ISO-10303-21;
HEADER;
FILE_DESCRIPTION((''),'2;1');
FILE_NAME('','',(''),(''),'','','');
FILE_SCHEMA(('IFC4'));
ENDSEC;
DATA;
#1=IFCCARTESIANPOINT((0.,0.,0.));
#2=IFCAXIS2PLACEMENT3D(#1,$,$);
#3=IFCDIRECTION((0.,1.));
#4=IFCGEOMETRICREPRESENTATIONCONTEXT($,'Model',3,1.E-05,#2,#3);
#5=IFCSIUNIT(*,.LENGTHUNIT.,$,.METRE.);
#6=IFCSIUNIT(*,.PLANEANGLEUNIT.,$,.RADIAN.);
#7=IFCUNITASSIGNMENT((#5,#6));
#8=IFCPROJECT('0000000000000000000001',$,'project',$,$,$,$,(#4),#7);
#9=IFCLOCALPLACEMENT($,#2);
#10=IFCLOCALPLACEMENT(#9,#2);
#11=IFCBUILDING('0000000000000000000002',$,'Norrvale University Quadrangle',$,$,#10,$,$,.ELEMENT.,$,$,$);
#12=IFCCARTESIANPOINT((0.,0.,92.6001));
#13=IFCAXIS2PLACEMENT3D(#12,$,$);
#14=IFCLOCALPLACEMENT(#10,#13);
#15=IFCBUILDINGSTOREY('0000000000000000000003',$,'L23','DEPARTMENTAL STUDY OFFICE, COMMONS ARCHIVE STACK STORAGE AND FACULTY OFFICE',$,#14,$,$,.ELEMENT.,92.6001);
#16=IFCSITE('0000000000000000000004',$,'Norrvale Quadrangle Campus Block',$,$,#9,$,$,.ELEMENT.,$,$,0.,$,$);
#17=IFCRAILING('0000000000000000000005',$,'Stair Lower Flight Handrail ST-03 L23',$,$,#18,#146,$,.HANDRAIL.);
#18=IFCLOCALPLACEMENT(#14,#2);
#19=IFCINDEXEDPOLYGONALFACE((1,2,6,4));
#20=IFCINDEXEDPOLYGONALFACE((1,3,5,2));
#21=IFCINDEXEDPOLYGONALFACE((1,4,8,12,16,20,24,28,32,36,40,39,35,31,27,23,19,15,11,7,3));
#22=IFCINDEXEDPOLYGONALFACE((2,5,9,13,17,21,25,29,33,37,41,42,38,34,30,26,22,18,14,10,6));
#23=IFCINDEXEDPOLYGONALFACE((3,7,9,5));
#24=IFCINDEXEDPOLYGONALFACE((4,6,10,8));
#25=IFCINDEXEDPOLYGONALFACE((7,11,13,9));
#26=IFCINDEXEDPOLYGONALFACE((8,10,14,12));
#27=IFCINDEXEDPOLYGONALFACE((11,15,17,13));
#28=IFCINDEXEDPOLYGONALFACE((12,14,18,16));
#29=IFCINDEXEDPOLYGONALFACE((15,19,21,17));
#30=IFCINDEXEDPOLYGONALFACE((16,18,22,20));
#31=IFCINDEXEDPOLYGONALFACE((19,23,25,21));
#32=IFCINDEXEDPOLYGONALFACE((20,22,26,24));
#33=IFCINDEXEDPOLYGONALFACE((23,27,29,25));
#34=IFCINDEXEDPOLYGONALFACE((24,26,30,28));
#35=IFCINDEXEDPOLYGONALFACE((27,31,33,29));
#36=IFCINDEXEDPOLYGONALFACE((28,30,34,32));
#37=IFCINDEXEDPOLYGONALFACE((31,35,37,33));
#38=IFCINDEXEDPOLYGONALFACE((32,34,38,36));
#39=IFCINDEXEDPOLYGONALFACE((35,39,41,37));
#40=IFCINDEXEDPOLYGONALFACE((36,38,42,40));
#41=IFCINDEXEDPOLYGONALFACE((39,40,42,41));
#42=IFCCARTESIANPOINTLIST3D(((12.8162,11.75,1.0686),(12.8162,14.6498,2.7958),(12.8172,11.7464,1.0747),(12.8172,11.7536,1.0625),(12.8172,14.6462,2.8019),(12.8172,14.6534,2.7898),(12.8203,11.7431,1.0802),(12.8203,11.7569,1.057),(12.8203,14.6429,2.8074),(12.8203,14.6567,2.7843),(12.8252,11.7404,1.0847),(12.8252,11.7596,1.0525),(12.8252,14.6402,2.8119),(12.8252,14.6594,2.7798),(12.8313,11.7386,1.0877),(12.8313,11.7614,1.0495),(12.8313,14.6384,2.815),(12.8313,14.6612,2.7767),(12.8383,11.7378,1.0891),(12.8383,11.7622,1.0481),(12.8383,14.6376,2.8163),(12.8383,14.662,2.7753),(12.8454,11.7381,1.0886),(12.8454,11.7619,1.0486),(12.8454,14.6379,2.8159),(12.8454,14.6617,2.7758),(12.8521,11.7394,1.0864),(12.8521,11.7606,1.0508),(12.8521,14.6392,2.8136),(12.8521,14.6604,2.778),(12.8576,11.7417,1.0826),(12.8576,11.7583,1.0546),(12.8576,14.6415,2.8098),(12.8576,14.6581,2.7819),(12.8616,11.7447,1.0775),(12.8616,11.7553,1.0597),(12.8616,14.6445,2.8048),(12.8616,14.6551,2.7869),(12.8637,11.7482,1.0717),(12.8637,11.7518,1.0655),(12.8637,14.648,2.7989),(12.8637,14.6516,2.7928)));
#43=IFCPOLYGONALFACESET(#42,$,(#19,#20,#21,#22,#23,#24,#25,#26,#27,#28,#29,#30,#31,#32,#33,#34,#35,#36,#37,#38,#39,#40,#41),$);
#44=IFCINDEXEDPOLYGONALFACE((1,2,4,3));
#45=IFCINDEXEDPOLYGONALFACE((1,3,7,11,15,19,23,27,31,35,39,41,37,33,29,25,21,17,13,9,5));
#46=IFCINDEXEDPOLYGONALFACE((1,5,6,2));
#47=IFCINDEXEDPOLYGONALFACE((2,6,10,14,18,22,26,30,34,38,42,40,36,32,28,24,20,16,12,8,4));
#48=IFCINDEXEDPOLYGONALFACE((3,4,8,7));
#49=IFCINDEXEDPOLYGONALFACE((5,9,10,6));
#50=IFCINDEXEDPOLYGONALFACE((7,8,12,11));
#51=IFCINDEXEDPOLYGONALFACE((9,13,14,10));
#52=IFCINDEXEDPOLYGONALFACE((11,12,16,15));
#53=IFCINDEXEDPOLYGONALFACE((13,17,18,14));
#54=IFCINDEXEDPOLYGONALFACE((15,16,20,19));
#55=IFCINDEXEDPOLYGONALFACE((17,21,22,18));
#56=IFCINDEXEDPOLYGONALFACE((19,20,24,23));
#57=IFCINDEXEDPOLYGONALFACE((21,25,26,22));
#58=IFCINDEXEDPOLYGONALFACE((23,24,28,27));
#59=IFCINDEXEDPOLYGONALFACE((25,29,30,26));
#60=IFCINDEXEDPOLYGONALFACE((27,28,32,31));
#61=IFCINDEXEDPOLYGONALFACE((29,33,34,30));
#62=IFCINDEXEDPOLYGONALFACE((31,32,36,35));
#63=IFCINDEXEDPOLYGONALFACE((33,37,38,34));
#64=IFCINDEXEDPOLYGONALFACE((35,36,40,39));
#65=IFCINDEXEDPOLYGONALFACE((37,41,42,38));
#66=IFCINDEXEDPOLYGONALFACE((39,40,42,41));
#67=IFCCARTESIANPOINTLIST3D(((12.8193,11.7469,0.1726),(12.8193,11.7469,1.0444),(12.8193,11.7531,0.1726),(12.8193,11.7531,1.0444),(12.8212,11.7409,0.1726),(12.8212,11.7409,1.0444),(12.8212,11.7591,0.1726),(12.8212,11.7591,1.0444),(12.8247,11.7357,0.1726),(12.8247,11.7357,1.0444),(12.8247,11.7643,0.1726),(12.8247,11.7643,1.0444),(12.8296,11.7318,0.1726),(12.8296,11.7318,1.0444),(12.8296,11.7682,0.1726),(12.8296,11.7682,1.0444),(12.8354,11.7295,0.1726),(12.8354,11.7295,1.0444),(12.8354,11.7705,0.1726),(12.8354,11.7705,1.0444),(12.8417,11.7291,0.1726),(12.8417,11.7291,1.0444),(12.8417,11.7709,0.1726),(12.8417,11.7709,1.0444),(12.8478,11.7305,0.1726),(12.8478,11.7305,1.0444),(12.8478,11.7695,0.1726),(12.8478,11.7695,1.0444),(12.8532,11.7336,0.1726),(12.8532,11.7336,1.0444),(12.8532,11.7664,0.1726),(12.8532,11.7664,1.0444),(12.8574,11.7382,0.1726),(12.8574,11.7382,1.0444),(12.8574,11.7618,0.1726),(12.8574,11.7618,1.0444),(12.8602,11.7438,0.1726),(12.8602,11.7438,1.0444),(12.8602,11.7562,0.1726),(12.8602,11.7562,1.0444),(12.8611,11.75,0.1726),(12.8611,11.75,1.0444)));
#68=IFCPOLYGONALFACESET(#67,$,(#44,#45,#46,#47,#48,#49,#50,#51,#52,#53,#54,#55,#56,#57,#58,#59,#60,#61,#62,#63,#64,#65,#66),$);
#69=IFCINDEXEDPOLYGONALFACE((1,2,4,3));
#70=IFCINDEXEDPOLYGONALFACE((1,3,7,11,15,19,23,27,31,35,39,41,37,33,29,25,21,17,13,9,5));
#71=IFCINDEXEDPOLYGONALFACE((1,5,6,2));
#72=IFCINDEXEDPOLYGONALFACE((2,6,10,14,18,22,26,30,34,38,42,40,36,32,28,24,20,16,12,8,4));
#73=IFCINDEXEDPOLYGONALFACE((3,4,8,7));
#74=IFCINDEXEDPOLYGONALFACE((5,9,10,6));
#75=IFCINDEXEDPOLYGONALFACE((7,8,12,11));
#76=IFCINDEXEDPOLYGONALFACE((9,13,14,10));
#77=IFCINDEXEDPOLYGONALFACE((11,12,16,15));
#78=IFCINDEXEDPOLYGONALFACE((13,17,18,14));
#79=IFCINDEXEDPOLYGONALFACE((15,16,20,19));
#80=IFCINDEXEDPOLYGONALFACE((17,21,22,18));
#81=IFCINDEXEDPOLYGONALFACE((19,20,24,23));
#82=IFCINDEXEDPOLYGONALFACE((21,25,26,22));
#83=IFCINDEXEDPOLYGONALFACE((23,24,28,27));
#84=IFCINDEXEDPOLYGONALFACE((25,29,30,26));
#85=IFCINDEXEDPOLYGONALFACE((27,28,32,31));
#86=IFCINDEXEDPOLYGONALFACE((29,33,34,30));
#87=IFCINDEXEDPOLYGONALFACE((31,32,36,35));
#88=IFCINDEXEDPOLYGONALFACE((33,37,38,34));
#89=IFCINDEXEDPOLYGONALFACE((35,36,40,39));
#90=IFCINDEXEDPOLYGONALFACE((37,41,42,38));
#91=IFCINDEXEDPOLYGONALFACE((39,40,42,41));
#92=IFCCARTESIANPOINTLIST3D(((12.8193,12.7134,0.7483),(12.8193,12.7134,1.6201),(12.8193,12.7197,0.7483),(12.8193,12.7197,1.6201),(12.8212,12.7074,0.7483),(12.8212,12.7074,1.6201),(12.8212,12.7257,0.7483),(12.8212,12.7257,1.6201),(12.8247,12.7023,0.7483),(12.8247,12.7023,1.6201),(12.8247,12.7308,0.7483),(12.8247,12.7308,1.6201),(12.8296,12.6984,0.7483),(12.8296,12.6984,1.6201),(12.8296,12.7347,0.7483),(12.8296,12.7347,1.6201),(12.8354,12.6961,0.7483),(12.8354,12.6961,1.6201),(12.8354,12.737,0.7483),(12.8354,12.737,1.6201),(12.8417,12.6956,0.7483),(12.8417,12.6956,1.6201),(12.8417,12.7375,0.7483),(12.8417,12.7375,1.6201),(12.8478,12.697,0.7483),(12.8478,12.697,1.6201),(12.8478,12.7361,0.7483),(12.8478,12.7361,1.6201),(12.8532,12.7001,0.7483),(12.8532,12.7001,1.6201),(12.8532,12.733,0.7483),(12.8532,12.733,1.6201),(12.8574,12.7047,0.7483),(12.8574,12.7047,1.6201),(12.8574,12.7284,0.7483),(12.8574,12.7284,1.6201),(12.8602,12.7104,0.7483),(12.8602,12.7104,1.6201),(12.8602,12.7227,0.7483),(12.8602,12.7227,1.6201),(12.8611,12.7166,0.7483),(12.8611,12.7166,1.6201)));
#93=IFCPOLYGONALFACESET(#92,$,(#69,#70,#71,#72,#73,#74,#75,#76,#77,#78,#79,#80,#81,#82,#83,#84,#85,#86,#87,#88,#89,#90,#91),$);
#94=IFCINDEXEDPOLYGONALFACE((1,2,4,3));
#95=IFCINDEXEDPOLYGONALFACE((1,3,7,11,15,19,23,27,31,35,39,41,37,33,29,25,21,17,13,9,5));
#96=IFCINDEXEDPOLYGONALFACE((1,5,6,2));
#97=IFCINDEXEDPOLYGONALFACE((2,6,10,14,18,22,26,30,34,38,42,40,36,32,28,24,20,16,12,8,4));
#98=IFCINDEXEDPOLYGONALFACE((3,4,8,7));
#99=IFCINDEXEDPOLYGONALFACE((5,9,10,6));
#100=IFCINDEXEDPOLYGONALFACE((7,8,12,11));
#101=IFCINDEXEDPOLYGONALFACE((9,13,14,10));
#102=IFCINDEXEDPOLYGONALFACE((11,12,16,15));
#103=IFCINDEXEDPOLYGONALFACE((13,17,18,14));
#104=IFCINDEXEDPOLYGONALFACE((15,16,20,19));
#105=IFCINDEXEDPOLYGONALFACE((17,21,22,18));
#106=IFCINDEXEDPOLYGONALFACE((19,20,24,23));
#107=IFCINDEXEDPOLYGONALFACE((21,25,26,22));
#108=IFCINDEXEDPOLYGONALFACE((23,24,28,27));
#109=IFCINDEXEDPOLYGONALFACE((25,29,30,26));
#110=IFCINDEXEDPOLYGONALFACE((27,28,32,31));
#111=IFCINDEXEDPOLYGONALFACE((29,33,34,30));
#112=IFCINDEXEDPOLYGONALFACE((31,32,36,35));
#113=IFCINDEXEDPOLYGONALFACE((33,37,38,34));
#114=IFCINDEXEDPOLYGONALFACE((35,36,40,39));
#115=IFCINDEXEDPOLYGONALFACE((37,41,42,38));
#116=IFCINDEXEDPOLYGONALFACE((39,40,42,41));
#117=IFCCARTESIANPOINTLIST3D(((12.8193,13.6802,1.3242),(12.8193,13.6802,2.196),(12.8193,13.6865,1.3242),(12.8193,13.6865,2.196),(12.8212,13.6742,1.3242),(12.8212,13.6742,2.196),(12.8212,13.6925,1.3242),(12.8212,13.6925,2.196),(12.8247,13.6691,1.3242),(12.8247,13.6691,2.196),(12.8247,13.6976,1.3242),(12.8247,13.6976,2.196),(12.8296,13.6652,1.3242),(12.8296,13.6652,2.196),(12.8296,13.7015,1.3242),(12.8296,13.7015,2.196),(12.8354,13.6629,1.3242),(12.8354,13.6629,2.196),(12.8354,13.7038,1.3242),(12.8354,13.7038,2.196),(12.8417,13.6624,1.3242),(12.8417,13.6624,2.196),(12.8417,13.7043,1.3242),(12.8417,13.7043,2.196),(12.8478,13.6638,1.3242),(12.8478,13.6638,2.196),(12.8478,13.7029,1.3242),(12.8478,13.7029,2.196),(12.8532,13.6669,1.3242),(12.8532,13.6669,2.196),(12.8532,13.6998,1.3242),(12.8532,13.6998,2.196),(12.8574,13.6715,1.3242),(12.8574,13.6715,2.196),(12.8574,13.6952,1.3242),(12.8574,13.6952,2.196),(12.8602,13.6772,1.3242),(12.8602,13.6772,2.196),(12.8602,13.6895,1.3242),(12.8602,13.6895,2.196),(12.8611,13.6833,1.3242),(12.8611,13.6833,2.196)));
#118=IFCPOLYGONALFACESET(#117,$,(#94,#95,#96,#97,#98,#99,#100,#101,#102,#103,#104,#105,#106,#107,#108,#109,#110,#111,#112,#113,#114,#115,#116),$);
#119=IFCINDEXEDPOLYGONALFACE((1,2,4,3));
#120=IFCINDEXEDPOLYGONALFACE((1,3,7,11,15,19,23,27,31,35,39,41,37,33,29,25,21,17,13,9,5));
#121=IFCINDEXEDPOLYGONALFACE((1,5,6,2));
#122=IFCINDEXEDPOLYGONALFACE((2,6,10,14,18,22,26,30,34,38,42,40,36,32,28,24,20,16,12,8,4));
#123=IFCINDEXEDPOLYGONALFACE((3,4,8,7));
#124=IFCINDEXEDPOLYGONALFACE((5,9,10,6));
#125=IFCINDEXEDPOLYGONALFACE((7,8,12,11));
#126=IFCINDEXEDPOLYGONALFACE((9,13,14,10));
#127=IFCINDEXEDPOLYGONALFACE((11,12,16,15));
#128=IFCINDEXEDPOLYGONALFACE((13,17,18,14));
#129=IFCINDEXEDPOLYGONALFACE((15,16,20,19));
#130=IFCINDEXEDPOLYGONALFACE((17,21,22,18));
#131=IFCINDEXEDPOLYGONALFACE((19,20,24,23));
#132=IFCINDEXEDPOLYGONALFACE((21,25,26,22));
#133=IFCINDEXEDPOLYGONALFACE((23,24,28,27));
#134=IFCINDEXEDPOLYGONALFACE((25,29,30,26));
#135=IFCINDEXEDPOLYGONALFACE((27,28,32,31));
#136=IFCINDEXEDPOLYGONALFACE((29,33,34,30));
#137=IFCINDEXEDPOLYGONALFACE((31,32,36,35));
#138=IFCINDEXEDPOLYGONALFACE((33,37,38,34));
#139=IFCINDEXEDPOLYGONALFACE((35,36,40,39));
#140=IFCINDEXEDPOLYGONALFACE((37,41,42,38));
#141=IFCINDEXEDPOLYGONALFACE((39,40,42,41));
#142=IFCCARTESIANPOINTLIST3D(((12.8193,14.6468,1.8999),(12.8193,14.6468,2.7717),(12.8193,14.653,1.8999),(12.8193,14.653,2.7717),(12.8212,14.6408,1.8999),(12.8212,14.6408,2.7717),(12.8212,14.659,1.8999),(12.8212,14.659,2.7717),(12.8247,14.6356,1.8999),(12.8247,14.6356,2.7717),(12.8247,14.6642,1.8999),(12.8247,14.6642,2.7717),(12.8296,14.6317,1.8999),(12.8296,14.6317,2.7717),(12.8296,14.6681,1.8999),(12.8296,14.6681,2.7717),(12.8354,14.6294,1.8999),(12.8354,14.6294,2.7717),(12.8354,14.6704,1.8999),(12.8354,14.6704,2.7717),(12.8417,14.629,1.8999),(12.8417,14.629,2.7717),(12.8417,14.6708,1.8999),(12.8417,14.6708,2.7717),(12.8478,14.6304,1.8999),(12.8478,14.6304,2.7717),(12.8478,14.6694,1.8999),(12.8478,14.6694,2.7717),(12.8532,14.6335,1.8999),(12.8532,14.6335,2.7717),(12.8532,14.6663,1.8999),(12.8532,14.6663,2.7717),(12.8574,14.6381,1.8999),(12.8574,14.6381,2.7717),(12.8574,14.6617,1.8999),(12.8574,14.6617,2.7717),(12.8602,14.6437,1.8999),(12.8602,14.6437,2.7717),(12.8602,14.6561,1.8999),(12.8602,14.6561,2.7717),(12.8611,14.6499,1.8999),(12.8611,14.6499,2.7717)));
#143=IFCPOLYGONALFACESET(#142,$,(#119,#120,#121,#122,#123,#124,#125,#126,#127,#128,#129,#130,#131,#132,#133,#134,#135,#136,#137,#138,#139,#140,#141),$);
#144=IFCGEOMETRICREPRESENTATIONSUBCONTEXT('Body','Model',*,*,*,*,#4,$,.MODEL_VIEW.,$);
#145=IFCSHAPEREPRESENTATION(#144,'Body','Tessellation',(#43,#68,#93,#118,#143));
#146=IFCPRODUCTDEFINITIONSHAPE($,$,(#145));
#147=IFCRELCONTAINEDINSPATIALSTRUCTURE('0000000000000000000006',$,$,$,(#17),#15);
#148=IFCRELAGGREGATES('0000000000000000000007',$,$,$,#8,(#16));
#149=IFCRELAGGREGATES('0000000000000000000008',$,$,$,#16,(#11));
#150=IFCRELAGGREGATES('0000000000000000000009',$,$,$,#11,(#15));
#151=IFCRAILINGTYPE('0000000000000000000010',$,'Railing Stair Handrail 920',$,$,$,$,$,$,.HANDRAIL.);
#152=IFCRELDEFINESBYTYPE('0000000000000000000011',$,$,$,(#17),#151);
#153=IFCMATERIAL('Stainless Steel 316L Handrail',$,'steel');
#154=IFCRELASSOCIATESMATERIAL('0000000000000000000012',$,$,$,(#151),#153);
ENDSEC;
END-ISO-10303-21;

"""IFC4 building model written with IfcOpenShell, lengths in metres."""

from ifc_helpers import new_model, si_unit, direction, frame, origin, origin_2d, place, context, subcontext, project, spatial, circle, extrude, material, type_object, element, save


model = new_model("IFC4")

# Units and contexts
model_context = context("Model", 3, precision=1e-05, world=origin(), true_north=direction((0.0, 1.0)))
body_context = subcontext(model_context, "Body", "Model", "MODEL_VIEW")
ifc_project = project(units=[si_unit("LENGTHUNIT", "METRE"), si_unit("PLANEANGLEUNIT", "RADIAN")], contexts=[model_context])

# Site, building, storey
site_placement = place(None, origin())
site = spatial("IfcSite", under=ifc_project, at=site_placement, Name="Norrvale Quadrangle Campus Block", CompositionType="ELEMENT", RefElevation=0.0)
building_placement = place(site_placement, origin())
building = spatial("IfcBuilding", under=site, at=building_placement, Name="Norrvale University Quadrangle", CompositionType="ELEMENT")
storey_placement = place(building_placement, frame((0.0, 0.0, 92.6001)))
storey = spatial("IfcBuildingStorey", under=building, at=storey_placement, Name="L23", Description="DEPARTMENTAL STUDY OFFICE, COMMONS ARCHIVE STACK STORAGE AND FACULTY OFFICE", CompositionType="ELEMENT", Elevation=92.6001)

# Railing
ifc_material_1 = material(Name="Stainless Steel 316L Handrail", Category="steel")
railing_type_1 = type_object("IfcRailingType", Name="Railing Stair Handrail 920", PredefinedType="HANDRAIL", material=ifc_material_1)
railing_1_placement = place(storey_placement, frame((12.8401, 11.75, 0.1726)))
element("IfcRailing", 1, at=railing_1_placement, inside=storey, type_object=railing_type_1, Name="Stair Lower Flight Handrail ST-03 L23", PredefinedType="HANDRAIL", context=body_context, shape_type="SweptSolid", body=[
    extrude(circle(Radius=0.0239, at=origin_2d()), frame((0.0, 0.0, 0.896), z_axis=(0.0, 0.859141, 0.511738), x_axis=(-1.0, 0.0, 0.0)), (0.0, 0.0, 1.0), 3.3752),
    extrude(circle(Radius=0.021, at=origin_2d()), origin(), (0.0, 0.0, 1.0), 0.8718),
    extrude(circle(Radius=0.021, at=origin_2d()), frame((0.0, 0.9666, 0.5757)), (0.0, 0.0, 1.0), 0.8718),
    extrude(circle(Radius=0.021, at=origin_2d()), frame((0.0, 1.9333, 1.1516)), (0.0, 0.0, 1.0), 0.8718),
    extrude(circle(Radius=0.021, at=origin_2d()), frame((0.0, 2.8999, 1.7273)), (0.0, 0.0, 1.0), 0.8718),
])

save(model, "model.ifc")
